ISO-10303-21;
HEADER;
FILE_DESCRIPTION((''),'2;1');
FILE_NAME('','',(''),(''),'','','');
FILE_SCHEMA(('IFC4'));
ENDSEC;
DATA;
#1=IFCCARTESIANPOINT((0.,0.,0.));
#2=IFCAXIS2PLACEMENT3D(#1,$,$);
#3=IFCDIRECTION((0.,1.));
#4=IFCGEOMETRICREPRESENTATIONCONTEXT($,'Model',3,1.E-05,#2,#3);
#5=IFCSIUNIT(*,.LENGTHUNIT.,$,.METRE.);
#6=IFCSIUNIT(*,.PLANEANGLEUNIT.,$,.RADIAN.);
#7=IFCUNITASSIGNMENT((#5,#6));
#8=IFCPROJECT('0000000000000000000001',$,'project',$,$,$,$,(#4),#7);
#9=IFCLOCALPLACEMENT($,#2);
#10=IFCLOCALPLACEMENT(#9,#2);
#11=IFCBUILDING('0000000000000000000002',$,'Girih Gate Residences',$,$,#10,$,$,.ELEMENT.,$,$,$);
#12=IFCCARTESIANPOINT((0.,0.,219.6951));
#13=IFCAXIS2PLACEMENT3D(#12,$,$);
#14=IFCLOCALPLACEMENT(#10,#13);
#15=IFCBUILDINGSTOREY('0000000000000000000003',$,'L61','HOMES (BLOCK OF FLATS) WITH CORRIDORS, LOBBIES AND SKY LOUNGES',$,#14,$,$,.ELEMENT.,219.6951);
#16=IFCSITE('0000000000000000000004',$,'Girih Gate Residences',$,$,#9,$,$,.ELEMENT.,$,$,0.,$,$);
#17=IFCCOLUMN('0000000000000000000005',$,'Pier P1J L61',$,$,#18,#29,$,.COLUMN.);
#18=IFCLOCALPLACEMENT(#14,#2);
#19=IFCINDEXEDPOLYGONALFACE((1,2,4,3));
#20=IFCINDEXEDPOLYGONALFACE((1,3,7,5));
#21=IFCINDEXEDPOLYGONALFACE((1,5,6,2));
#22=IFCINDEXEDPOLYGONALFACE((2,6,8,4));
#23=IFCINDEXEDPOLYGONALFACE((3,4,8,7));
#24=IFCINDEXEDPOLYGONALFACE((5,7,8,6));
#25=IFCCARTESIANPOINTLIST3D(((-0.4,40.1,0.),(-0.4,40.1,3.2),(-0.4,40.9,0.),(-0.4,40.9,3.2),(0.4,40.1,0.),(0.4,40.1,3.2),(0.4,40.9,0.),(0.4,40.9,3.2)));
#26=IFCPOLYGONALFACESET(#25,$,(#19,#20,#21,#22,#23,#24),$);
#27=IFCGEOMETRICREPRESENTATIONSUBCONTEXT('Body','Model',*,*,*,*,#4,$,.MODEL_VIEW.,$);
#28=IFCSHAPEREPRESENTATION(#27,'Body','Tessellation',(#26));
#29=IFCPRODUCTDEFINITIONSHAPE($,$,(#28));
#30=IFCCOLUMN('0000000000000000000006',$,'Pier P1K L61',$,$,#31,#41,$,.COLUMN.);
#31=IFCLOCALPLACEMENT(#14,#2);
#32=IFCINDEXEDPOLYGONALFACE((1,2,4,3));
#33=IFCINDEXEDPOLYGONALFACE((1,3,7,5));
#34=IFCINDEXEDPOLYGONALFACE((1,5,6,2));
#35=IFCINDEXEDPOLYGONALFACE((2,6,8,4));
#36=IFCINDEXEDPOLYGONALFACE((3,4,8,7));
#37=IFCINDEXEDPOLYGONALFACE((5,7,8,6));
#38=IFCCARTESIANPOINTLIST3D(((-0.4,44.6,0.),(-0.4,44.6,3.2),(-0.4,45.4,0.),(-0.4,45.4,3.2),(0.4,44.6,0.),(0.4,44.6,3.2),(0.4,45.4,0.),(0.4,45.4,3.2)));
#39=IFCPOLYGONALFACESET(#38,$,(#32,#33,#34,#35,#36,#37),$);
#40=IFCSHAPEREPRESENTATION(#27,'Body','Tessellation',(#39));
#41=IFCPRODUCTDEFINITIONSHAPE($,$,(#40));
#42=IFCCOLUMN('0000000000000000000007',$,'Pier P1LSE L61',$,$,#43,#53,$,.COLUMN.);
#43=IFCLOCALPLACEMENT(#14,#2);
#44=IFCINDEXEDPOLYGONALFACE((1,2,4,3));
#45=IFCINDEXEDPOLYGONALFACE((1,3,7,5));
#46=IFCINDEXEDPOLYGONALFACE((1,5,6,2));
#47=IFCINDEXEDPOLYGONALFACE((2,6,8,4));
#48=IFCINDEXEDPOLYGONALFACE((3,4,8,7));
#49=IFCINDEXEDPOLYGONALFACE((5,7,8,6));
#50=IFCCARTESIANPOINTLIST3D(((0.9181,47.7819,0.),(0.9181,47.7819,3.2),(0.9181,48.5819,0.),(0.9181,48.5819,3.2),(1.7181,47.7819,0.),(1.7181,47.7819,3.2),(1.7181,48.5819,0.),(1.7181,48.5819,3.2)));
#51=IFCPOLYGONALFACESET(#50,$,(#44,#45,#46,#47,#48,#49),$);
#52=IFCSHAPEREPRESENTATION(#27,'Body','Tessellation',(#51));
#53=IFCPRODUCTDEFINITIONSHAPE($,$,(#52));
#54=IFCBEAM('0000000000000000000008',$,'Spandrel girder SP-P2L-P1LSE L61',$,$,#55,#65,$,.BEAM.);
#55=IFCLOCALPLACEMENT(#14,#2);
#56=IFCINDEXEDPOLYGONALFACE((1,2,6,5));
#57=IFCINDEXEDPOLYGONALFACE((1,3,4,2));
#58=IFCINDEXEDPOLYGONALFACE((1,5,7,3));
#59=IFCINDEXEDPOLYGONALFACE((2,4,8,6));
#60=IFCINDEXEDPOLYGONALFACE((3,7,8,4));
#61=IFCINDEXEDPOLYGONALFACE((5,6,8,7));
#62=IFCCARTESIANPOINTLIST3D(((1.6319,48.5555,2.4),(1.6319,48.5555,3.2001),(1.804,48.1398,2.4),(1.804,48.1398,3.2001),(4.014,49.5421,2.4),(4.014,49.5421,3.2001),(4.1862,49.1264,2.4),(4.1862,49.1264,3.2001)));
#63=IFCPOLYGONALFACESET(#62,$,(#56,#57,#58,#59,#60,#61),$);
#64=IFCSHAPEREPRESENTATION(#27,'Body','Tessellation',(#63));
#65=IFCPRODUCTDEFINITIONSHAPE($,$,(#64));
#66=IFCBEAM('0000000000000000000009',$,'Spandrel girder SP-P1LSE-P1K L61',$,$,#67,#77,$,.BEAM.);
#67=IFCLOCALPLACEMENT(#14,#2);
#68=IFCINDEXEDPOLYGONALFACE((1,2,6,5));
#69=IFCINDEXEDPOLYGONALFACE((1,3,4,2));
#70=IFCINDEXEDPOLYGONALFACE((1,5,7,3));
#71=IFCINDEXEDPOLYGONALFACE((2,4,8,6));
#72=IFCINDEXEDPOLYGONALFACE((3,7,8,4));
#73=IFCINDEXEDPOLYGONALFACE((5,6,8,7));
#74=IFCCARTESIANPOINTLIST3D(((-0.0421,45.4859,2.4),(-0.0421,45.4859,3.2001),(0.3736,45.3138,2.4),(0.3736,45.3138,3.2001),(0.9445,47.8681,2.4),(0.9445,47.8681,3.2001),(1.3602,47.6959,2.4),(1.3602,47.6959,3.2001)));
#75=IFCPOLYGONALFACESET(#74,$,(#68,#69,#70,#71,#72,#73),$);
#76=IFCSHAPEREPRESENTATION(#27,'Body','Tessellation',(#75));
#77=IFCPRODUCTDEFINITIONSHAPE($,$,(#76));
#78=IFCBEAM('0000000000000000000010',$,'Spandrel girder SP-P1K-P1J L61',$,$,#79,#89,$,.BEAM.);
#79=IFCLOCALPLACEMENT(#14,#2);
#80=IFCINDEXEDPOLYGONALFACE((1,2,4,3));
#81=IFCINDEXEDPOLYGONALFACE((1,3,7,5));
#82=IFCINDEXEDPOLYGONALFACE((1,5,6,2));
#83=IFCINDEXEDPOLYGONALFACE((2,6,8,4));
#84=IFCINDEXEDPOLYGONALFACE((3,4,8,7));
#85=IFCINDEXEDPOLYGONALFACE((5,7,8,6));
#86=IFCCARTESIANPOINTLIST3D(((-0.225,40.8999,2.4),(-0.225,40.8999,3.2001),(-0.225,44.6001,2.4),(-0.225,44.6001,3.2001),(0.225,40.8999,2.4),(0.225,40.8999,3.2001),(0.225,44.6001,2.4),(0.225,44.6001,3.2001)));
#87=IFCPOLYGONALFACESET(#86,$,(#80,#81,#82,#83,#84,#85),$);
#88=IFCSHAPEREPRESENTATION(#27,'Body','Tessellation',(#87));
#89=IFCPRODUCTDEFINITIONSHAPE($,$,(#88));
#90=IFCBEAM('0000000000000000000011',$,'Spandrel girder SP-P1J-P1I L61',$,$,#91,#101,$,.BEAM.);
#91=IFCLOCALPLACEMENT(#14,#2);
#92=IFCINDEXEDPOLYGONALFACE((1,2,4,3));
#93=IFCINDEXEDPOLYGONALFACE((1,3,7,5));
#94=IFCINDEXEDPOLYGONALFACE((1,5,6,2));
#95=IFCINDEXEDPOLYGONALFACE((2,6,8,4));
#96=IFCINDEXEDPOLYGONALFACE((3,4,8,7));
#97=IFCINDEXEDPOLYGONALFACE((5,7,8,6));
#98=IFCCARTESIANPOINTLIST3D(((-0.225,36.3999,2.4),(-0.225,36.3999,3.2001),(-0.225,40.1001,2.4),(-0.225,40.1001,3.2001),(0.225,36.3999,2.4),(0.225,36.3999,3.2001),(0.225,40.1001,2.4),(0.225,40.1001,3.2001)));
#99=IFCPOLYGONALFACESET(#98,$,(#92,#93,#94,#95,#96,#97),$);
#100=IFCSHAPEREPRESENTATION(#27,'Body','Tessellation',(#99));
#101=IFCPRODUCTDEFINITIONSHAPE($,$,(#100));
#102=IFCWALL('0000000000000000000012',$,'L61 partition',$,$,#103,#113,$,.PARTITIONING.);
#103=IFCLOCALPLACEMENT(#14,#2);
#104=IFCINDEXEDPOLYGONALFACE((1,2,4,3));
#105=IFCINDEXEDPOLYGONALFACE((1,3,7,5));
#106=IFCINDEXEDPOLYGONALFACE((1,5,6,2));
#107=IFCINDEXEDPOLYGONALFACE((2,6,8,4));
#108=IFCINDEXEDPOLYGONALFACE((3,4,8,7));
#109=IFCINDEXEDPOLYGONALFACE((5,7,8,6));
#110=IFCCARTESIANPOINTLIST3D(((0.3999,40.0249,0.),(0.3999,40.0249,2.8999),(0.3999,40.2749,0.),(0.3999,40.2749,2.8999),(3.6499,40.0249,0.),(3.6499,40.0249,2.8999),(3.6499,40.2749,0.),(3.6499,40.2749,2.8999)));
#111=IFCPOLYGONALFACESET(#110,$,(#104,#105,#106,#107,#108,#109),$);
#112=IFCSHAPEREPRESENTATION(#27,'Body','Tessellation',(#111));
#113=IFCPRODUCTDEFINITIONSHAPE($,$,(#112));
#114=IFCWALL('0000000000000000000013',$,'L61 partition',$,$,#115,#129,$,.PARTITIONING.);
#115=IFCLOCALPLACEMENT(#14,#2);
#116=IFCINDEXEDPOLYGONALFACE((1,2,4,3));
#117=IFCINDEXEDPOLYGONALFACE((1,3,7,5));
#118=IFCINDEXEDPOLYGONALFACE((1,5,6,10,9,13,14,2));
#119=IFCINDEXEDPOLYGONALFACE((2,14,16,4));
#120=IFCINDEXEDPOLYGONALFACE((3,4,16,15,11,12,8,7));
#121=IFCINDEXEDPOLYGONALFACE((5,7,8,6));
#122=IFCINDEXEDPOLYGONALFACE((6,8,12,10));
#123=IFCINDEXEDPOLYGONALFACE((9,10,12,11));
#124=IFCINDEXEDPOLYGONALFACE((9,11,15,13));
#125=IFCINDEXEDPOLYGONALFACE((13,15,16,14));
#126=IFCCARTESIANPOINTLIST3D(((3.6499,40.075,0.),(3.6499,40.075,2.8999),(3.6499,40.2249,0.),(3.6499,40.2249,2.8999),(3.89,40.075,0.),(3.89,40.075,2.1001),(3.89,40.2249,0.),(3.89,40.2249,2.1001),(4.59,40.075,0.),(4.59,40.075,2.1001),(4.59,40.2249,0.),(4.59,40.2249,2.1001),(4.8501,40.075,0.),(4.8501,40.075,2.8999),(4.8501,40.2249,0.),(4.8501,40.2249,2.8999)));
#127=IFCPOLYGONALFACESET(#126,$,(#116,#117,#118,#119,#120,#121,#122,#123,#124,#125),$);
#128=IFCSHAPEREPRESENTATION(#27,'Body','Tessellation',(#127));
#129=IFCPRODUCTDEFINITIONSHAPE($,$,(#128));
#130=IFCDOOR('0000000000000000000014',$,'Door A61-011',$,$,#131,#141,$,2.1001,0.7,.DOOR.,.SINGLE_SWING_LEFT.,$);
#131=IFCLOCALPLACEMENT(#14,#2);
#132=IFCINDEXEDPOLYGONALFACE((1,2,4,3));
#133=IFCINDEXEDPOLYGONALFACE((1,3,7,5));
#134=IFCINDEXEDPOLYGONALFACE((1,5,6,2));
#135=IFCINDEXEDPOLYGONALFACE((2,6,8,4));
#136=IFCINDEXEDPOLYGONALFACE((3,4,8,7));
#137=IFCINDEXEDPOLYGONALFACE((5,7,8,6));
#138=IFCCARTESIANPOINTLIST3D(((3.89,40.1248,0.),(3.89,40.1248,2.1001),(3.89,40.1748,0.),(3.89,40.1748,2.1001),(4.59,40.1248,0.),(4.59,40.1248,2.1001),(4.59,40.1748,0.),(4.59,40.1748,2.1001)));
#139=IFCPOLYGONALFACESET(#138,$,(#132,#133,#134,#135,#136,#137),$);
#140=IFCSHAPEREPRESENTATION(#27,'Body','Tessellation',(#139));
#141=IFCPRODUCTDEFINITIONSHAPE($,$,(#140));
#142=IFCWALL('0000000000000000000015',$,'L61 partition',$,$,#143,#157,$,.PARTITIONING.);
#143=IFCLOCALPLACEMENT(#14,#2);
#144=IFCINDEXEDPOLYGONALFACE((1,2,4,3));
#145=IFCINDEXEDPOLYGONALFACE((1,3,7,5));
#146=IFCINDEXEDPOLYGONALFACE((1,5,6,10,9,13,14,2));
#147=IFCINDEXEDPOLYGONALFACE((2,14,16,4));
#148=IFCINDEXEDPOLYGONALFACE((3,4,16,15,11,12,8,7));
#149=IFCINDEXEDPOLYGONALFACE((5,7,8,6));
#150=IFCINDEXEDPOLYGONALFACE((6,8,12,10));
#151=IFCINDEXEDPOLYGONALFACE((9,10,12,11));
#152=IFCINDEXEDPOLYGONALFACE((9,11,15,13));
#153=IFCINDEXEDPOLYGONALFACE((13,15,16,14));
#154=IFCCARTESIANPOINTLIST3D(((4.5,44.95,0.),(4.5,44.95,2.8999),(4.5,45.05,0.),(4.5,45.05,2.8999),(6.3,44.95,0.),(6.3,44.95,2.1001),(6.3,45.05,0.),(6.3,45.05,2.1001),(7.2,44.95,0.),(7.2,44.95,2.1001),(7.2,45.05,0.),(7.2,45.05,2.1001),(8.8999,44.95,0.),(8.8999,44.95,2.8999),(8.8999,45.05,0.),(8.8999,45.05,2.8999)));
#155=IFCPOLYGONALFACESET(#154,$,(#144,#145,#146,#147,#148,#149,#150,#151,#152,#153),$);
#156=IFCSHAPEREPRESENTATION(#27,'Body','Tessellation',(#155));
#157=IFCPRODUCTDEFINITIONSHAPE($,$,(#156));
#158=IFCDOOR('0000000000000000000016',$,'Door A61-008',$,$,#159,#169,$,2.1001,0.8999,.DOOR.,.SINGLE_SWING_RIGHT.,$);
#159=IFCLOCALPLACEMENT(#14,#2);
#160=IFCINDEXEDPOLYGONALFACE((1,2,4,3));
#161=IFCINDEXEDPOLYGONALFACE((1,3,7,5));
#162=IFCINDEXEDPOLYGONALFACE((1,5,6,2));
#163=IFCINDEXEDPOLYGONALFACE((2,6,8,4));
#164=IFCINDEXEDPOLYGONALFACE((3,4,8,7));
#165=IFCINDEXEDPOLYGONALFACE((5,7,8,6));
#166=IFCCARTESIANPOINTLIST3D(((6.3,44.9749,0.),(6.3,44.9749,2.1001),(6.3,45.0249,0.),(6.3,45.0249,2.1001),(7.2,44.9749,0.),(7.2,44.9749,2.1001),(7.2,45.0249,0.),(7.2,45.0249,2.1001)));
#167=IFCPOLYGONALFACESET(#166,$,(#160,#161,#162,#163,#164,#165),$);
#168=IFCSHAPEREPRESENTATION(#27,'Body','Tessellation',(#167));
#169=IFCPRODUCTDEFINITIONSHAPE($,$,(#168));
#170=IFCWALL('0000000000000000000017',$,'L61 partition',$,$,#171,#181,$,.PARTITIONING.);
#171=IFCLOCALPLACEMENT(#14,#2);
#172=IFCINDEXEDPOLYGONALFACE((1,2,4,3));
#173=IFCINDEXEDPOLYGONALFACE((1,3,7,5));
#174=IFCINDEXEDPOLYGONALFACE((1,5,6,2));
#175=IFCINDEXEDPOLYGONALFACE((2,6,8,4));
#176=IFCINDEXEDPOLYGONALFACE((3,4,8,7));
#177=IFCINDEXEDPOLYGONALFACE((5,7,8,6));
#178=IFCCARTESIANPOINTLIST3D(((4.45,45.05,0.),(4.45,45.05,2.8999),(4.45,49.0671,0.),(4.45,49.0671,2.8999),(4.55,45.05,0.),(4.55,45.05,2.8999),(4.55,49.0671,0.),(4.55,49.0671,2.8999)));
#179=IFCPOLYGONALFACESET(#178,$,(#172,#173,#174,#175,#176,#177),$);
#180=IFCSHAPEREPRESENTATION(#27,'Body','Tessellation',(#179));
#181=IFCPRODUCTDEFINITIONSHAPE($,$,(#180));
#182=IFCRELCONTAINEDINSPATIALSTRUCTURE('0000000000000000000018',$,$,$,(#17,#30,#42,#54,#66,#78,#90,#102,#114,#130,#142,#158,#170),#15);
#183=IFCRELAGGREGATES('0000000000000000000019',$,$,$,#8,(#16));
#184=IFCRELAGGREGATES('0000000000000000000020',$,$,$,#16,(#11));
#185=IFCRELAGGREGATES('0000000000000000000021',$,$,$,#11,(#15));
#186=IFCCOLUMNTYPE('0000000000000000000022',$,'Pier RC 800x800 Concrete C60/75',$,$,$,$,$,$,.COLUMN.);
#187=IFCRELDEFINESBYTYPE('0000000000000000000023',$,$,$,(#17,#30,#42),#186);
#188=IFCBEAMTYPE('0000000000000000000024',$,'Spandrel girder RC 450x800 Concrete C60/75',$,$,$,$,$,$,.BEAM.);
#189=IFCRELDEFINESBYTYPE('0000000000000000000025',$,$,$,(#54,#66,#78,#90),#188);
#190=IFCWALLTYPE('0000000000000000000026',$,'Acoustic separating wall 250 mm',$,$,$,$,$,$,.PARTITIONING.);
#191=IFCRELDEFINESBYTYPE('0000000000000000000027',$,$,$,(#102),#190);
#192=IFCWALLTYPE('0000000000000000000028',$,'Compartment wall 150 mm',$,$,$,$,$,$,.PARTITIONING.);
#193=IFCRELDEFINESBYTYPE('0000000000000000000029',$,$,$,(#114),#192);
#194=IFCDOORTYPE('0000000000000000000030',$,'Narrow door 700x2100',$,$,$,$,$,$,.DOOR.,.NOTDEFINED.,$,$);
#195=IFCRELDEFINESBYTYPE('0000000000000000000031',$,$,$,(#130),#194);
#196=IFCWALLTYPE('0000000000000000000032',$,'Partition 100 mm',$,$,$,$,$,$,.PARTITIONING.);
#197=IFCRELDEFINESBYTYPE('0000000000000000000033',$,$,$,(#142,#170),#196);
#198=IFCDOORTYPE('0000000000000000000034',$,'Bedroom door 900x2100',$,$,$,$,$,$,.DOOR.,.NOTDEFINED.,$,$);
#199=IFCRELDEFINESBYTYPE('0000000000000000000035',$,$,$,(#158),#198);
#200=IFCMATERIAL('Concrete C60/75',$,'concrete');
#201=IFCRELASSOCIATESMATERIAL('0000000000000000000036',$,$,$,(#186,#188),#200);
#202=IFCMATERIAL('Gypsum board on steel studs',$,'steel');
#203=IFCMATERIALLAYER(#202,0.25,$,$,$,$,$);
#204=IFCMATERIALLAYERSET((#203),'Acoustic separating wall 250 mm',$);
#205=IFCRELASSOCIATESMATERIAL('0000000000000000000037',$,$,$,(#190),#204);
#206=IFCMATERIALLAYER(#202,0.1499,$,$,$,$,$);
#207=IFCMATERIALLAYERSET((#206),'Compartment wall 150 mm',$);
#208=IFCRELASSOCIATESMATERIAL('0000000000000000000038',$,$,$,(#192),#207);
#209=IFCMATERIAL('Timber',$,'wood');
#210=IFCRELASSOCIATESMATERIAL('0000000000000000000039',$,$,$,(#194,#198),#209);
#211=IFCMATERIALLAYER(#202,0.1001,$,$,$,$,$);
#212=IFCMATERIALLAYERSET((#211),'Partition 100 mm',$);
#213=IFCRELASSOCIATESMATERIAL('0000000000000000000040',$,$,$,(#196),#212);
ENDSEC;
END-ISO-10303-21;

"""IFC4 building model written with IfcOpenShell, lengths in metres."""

from ifc_helpers import new_model, si_unit, direction, frame, frame_2d, origin, origin_2d, place, context, subcontext, project, spatial, rectangle, extrude, material, layer, layer_set, material_profile, profile_set, type_object, element, fill, save


model = new_model("IFC4")

# Units and contexts
model_context = context("Model", 3, precision=1e-05, world=origin(), true_north=direction((0.0, 1.0)))
body_context = subcontext(model_context, "Body", "Model", "MODEL_VIEW")
ifc_project = project(units=[si_unit("LENGTHUNIT", "METRE"), si_unit("PLANEANGLEUNIT", "RADIAN")], contexts=[model_context])

# Site, building, storey
site_placement = place(None, origin())
site = spatial("IfcSite", under=ifc_project, at=site_placement, Name="Girih Gate Residences", CompositionType="ELEMENT", RefElevation=0.0)
building_placement = place(site_placement, origin())
building = spatial("IfcBuilding", under=site, at=building_placement, Name="Girih Gate Residences", CompositionType="ELEMENT")
storey_placement = place(building_placement, frame((0.0, 0.0, 219.6951)))
storey = spatial("IfcBuildingStorey", under=building, at=storey_placement, Name="L61", Description="HOMES (BLOCK OF FLATS) WITH CORRIDORS, LOBBIES AND SKY LOUNGES", CompositionType="ELEMENT", Elevation=219.6951)

# Columns
ifc_material_1 = material(Name="Concrete C60/75", Category="concrete")
ifc_material_profile_1 = material_profile(ifc_material_1, rectangle(XDim=0.8, YDim=0.8, at=origin_2d()))
ifc_profile_set_1 = profile_set([ifc_material_profile_1], Name="Concrete C60/75")
column_type = type_object("IfcColumnType", Name="Pier RC 800x800 Concrete C60/75", PredefinedType="COLUMN", material=ifc_profile_set_1)
for number, where, z_axis, x_axis, name in (
    (1, (0.0, 40.5, 0.0), (0.0, 0.0, 1.0), (1.0, 0.0, 0.0), "Pier P1J L61"),
    (2, (0.0, 45.0, 0.0), (0.0, 0.0, 1.0), (1.0, 0.0, 0.0), "Pier P1K L61"),
    (3, (1.3181, 48.1819, 0.0), (0.0, 0.0, 1.0), (1.0, 0.0, 0.0), "Pier P1LSE L61"),
):
    element("IfcColumn", number, at=place(storey_placement, frame(where, z_axis=z_axis, x_axis=x_axis)), inside=storey, type_object=column_type, Name=name, PredefinedType="COLUMN", context=body_context, shape_type="SweptSolid", body=[
        extrude(rectangle(XDim=0.8, YDim=0.8, at=origin_2d()), origin(), (0.0, 0.0, 1.0), 3.2),
    ])

# Beams
ifc_material_profile_2 = material_profile(ifc_material_1, rectangle(XDim=0.45, YDim=0.8, at=origin_2d()))
ifc_profile_set_2 = profile_set([ifc_material_profile_2], Name="Concrete C60/75")
beam_type = type_object("IfcBeamType", Name="Spandrel girder RC 450x800 Concrete C60/75", PredefinedType="BEAM", material=ifc_profile_set_2)
for number, where, z_axis, x_axis, name in (
    (4, (4.1001, 49.3342, 2.8), (-0.923896, -0.382644, 0.0), (0.382644, -0.923896, 0.0), "Spandrel girder SP-P2L-P1LSE L61"),
    (5, (1.1523, 47.782, 2.8), (-0.382644, -0.923896, 0.0), (0.923896, -0.382644, 0.0), "Spandrel girder SP-P1LSE-P1K L61"),
):
    element("IfcBeam", number, at=place(storey_placement, frame(where, z_axis=z_axis, x_axis=x_axis)), inside=storey, type_object=beam_type, Name=name, PredefinedType="BEAM", context=body_context, shape_type="SweptSolid", body=[
        extrude(rectangle(XDim=0.45, YDim=0.8, at=origin_2d()), origin(), (0.0, 0.0, 1.0), 2.5784),
    ])
for number, where, z_axis, x_axis, name in (
    (6, (0.0, 44.6001, 2.8), (0.0, -1.0, 0.0), (1.0, 0.0, 0.0), "Spandrel girder SP-P1K-P1J L61"),
    (7, (0.0, 40.1001, 2.8), (0.0, -1.0, 0.0), (1.0, 0.0, 0.0), "Spandrel girder SP-P1J-P1I L61"),
):
    element("IfcBeam", number, at=place(storey_placement, frame(where, z_axis=z_axis, x_axis=x_axis)), inside=storey, type_object=beam_type, Name=name, PredefinedType="BEAM", context=body_context, shape_type="SweptSolid", body=[
        extrude(rectangle(XDim=0.45, YDim=0.8, at=origin_2d()), origin(), (0.0, 0.0, 1.0), 3.7002),
    ])

# Wall
ifc_material_2 = material(Name="Gypsum board on steel studs", Category="steel")
ifc_layer_1 = layer(ifc_material_2, 0.25)
ifc_layer_set_1 = layer_set([ifc_layer_1], Name="Acoustic separating wall 250 mm")
wall_type_1 = type_object("IfcWallType", Name="Acoustic separating wall 250 mm", PredefinedType="PARTITIONING", material=ifc_layer_set_1)
wall_1_placement = place(storey_placement, frame((0.3999, 40.1499, 0.0), z_axis=(0.0, 0.0, 1.0), x_axis=(1.0, 0.0, 0.0)))
element("IfcWall", 8, at=wall_1_placement, inside=storey, type_object=wall_type_1, Name="L61 partition", PredefinedType="PARTITIONING", context=body_context, shape_type="SweptSolid", body=[
    extrude(rectangle(XDim=3.25, YDim=0.25, at=frame_2d((1.625, 0.0))), origin(), (0.0, 0.0, 1.0), 2.8999),
])

# Walls, openings, doors
ifc_layer_2 = layer(ifc_material_2, 0.1499)
ifc_layer_set_2 = layer_set([ifc_layer_2], Name="Compartment wall 150 mm")
wall_type_2 = type_object("IfcWallType", Name="Compartment wall 150 mm", PredefinedType="PARTITIONING", material=ifc_layer_set_2)
wall_2_placement = place(storey_placement, frame((3.6499, 40.1499, 0.0), z_axis=(0.0, 0.0, 1.0), x_axis=(1.0, 0.0, 0.0)))
wall_2 = element("IfcWall", 9, at=wall_2_placement, inside=storey, type_object=wall_type_2, Name="L61 partition", PredefinedType="PARTITIONING", context=body_context, shape_type="SweptSolid", body=[
    extrude(rectangle(XDim=1.2002, YDim=0.1499, at=frame_2d((0.6001, 0.0))), origin(), (0.0, 0.0, 1.0), 2.8999),
])
opening_1_placement = place(wall_2_placement, frame((0.24, 0.0, 0.0)))
opening_1 = element("IfcOpeningElement", 10, at=opening_1_placement, cuts=wall_2, PredefinedType="OPENING", context=body_context, shape_type="SweptSolid", body=[
    extrude(rectangle(XDim=0.7, YDim=2.1001, at=frame_2d((0.3501, 1.05))), frame((0.0, 0.085, 0.0), z_axis=(0.0, -1.0, 0.0), x_axis=(1.0, 0.0, 0.0)), (0.0, 0.0, 1.0), 0.1699),
])
ifc_material_3 = material(Name="Timber", Category="wood")
door_type_1 = type_object("IfcDoorType", Name="Narrow door 700x2100", OperationType="NOTDEFINED", PredefinedType="DOOR", material=ifc_material_3)
door_1_placement = place(opening_1_placement, origin())
door_1 = element("IfcDoor", 11, at=door_1_placement, inside=storey, type_object=door_type_1, Name="Door A61-011", OperationType="SINGLE_SWING_LEFT", OverallHeight=2.1001, OverallWidth=0.7, PredefinedType="DOOR", context=body_context, shape_type="SweptSolid", body=[
    extrude(rectangle(XDim=0.7, YDim=2.1001, at=frame_2d((0.3501, 1.05))), frame((0.0, 0.0249, 0.0), z_axis=(0.0, -1.0, 0.0), x_axis=(1.0, 0.0, 0.0)), (0.0, 0.0, 1.0), 0.05),
])
fill(opening_1, door_1)
ifc_layer_3 = layer(ifc_material_2, 0.1001)
ifc_layer_set_3 = layer_set([ifc_layer_3], Name="Partition 100 mm")
wall_type_3 = type_object("IfcWallType", Name="Partition 100 mm", PredefinedType="PARTITIONING", material=ifc_layer_set_3)
wall_3_placement = place(storey_placement, frame((4.5, 45.0, 0.0), z_axis=(0.0, 0.0, 1.0), x_axis=(1.0, 0.0, 0.0)))
wall_3 = element("IfcWall", 12, at=wall_3_placement, inside=storey, type_object=wall_type_3, Name="L61 partition", PredefinedType="PARTITIONING", context=body_context, shape_type="SweptSolid", body=[
    extrude(rectangle(XDim=4.3999, YDim=0.1001, at=frame_2d((2.2, 0.0))), origin(), (0.0, 0.0, 1.0), 2.8999),
])
opening_2_placement = place(wall_3_placement, frame((1.8, 0.0, 0.0)))
opening_2 = element("IfcOpeningElement", 13, at=opening_2_placement, cuts=wall_3, PredefinedType="OPENING", context=body_context, shape_type="SweptSolid", body=[
    extrude(rectangle(XDim=0.8999, YDim=2.1001, at=frame_2d((0.45, 1.05))), frame((0.0, 0.0601, 0.0), z_axis=(0.0, -1.0, 0.0), x_axis=(1.0, 0.0, 0.0)), (0.0, 0.0, 1.0), 0.1201),
])
door_type_2 = type_object("IfcDoorType", Name="Bedroom door 900x2100", OperationType="NOTDEFINED", PredefinedType="DOOR", material=ifc_material_3)
door_2_placement = place(opening_2_placement, origin())
door_2 = element("IfcDoor", 14, at=door_2_placement, inside=storey, type_object=door_type_2, Name="Door A61-008", OperationType="SINGLE_SWING_RIGHT", OverallHeight=2.1001, OverallWidth=0.8999, PredefinedType="DOOR", context=body_context, shape_type="SweptSolid", body=[
    extrude(rectangle(XDim=0.8999, YDim=2.1001, at=frame_2d((0.45, 1.05))), frame((0.0, 0.0249, 0.0), z_axis=(0.0, -1.0, 0.0), x_axis=(1.0, 0.0, 0.0)), (0.0, 0.0, 1.0), 0.05),
])
fill(opening_2, door_2)

# Wall
wall_4_placement = place(storey_placement, frame((4.5, 45.05, 0.0), z_axis=(0.0, 0.0, 1.0), x_axis=(0.0, 1.0, 0.0)))
element("IfcWall", 15, at=wall_4_placement, inside=storey, type_object=wall_type_3, Name="L61 partition", PredefinedType="PARTITIONING", context=body_context, shape_type="SweptSolid", body=[
    extrude(rectangle(XDim=4.0171, YDim=0.1001, at=frame_2d((2.0085, 0.0))), origin(), (0.0, 0.0, 1.0), 2.8999),
])

save(model, "model.ifc")
